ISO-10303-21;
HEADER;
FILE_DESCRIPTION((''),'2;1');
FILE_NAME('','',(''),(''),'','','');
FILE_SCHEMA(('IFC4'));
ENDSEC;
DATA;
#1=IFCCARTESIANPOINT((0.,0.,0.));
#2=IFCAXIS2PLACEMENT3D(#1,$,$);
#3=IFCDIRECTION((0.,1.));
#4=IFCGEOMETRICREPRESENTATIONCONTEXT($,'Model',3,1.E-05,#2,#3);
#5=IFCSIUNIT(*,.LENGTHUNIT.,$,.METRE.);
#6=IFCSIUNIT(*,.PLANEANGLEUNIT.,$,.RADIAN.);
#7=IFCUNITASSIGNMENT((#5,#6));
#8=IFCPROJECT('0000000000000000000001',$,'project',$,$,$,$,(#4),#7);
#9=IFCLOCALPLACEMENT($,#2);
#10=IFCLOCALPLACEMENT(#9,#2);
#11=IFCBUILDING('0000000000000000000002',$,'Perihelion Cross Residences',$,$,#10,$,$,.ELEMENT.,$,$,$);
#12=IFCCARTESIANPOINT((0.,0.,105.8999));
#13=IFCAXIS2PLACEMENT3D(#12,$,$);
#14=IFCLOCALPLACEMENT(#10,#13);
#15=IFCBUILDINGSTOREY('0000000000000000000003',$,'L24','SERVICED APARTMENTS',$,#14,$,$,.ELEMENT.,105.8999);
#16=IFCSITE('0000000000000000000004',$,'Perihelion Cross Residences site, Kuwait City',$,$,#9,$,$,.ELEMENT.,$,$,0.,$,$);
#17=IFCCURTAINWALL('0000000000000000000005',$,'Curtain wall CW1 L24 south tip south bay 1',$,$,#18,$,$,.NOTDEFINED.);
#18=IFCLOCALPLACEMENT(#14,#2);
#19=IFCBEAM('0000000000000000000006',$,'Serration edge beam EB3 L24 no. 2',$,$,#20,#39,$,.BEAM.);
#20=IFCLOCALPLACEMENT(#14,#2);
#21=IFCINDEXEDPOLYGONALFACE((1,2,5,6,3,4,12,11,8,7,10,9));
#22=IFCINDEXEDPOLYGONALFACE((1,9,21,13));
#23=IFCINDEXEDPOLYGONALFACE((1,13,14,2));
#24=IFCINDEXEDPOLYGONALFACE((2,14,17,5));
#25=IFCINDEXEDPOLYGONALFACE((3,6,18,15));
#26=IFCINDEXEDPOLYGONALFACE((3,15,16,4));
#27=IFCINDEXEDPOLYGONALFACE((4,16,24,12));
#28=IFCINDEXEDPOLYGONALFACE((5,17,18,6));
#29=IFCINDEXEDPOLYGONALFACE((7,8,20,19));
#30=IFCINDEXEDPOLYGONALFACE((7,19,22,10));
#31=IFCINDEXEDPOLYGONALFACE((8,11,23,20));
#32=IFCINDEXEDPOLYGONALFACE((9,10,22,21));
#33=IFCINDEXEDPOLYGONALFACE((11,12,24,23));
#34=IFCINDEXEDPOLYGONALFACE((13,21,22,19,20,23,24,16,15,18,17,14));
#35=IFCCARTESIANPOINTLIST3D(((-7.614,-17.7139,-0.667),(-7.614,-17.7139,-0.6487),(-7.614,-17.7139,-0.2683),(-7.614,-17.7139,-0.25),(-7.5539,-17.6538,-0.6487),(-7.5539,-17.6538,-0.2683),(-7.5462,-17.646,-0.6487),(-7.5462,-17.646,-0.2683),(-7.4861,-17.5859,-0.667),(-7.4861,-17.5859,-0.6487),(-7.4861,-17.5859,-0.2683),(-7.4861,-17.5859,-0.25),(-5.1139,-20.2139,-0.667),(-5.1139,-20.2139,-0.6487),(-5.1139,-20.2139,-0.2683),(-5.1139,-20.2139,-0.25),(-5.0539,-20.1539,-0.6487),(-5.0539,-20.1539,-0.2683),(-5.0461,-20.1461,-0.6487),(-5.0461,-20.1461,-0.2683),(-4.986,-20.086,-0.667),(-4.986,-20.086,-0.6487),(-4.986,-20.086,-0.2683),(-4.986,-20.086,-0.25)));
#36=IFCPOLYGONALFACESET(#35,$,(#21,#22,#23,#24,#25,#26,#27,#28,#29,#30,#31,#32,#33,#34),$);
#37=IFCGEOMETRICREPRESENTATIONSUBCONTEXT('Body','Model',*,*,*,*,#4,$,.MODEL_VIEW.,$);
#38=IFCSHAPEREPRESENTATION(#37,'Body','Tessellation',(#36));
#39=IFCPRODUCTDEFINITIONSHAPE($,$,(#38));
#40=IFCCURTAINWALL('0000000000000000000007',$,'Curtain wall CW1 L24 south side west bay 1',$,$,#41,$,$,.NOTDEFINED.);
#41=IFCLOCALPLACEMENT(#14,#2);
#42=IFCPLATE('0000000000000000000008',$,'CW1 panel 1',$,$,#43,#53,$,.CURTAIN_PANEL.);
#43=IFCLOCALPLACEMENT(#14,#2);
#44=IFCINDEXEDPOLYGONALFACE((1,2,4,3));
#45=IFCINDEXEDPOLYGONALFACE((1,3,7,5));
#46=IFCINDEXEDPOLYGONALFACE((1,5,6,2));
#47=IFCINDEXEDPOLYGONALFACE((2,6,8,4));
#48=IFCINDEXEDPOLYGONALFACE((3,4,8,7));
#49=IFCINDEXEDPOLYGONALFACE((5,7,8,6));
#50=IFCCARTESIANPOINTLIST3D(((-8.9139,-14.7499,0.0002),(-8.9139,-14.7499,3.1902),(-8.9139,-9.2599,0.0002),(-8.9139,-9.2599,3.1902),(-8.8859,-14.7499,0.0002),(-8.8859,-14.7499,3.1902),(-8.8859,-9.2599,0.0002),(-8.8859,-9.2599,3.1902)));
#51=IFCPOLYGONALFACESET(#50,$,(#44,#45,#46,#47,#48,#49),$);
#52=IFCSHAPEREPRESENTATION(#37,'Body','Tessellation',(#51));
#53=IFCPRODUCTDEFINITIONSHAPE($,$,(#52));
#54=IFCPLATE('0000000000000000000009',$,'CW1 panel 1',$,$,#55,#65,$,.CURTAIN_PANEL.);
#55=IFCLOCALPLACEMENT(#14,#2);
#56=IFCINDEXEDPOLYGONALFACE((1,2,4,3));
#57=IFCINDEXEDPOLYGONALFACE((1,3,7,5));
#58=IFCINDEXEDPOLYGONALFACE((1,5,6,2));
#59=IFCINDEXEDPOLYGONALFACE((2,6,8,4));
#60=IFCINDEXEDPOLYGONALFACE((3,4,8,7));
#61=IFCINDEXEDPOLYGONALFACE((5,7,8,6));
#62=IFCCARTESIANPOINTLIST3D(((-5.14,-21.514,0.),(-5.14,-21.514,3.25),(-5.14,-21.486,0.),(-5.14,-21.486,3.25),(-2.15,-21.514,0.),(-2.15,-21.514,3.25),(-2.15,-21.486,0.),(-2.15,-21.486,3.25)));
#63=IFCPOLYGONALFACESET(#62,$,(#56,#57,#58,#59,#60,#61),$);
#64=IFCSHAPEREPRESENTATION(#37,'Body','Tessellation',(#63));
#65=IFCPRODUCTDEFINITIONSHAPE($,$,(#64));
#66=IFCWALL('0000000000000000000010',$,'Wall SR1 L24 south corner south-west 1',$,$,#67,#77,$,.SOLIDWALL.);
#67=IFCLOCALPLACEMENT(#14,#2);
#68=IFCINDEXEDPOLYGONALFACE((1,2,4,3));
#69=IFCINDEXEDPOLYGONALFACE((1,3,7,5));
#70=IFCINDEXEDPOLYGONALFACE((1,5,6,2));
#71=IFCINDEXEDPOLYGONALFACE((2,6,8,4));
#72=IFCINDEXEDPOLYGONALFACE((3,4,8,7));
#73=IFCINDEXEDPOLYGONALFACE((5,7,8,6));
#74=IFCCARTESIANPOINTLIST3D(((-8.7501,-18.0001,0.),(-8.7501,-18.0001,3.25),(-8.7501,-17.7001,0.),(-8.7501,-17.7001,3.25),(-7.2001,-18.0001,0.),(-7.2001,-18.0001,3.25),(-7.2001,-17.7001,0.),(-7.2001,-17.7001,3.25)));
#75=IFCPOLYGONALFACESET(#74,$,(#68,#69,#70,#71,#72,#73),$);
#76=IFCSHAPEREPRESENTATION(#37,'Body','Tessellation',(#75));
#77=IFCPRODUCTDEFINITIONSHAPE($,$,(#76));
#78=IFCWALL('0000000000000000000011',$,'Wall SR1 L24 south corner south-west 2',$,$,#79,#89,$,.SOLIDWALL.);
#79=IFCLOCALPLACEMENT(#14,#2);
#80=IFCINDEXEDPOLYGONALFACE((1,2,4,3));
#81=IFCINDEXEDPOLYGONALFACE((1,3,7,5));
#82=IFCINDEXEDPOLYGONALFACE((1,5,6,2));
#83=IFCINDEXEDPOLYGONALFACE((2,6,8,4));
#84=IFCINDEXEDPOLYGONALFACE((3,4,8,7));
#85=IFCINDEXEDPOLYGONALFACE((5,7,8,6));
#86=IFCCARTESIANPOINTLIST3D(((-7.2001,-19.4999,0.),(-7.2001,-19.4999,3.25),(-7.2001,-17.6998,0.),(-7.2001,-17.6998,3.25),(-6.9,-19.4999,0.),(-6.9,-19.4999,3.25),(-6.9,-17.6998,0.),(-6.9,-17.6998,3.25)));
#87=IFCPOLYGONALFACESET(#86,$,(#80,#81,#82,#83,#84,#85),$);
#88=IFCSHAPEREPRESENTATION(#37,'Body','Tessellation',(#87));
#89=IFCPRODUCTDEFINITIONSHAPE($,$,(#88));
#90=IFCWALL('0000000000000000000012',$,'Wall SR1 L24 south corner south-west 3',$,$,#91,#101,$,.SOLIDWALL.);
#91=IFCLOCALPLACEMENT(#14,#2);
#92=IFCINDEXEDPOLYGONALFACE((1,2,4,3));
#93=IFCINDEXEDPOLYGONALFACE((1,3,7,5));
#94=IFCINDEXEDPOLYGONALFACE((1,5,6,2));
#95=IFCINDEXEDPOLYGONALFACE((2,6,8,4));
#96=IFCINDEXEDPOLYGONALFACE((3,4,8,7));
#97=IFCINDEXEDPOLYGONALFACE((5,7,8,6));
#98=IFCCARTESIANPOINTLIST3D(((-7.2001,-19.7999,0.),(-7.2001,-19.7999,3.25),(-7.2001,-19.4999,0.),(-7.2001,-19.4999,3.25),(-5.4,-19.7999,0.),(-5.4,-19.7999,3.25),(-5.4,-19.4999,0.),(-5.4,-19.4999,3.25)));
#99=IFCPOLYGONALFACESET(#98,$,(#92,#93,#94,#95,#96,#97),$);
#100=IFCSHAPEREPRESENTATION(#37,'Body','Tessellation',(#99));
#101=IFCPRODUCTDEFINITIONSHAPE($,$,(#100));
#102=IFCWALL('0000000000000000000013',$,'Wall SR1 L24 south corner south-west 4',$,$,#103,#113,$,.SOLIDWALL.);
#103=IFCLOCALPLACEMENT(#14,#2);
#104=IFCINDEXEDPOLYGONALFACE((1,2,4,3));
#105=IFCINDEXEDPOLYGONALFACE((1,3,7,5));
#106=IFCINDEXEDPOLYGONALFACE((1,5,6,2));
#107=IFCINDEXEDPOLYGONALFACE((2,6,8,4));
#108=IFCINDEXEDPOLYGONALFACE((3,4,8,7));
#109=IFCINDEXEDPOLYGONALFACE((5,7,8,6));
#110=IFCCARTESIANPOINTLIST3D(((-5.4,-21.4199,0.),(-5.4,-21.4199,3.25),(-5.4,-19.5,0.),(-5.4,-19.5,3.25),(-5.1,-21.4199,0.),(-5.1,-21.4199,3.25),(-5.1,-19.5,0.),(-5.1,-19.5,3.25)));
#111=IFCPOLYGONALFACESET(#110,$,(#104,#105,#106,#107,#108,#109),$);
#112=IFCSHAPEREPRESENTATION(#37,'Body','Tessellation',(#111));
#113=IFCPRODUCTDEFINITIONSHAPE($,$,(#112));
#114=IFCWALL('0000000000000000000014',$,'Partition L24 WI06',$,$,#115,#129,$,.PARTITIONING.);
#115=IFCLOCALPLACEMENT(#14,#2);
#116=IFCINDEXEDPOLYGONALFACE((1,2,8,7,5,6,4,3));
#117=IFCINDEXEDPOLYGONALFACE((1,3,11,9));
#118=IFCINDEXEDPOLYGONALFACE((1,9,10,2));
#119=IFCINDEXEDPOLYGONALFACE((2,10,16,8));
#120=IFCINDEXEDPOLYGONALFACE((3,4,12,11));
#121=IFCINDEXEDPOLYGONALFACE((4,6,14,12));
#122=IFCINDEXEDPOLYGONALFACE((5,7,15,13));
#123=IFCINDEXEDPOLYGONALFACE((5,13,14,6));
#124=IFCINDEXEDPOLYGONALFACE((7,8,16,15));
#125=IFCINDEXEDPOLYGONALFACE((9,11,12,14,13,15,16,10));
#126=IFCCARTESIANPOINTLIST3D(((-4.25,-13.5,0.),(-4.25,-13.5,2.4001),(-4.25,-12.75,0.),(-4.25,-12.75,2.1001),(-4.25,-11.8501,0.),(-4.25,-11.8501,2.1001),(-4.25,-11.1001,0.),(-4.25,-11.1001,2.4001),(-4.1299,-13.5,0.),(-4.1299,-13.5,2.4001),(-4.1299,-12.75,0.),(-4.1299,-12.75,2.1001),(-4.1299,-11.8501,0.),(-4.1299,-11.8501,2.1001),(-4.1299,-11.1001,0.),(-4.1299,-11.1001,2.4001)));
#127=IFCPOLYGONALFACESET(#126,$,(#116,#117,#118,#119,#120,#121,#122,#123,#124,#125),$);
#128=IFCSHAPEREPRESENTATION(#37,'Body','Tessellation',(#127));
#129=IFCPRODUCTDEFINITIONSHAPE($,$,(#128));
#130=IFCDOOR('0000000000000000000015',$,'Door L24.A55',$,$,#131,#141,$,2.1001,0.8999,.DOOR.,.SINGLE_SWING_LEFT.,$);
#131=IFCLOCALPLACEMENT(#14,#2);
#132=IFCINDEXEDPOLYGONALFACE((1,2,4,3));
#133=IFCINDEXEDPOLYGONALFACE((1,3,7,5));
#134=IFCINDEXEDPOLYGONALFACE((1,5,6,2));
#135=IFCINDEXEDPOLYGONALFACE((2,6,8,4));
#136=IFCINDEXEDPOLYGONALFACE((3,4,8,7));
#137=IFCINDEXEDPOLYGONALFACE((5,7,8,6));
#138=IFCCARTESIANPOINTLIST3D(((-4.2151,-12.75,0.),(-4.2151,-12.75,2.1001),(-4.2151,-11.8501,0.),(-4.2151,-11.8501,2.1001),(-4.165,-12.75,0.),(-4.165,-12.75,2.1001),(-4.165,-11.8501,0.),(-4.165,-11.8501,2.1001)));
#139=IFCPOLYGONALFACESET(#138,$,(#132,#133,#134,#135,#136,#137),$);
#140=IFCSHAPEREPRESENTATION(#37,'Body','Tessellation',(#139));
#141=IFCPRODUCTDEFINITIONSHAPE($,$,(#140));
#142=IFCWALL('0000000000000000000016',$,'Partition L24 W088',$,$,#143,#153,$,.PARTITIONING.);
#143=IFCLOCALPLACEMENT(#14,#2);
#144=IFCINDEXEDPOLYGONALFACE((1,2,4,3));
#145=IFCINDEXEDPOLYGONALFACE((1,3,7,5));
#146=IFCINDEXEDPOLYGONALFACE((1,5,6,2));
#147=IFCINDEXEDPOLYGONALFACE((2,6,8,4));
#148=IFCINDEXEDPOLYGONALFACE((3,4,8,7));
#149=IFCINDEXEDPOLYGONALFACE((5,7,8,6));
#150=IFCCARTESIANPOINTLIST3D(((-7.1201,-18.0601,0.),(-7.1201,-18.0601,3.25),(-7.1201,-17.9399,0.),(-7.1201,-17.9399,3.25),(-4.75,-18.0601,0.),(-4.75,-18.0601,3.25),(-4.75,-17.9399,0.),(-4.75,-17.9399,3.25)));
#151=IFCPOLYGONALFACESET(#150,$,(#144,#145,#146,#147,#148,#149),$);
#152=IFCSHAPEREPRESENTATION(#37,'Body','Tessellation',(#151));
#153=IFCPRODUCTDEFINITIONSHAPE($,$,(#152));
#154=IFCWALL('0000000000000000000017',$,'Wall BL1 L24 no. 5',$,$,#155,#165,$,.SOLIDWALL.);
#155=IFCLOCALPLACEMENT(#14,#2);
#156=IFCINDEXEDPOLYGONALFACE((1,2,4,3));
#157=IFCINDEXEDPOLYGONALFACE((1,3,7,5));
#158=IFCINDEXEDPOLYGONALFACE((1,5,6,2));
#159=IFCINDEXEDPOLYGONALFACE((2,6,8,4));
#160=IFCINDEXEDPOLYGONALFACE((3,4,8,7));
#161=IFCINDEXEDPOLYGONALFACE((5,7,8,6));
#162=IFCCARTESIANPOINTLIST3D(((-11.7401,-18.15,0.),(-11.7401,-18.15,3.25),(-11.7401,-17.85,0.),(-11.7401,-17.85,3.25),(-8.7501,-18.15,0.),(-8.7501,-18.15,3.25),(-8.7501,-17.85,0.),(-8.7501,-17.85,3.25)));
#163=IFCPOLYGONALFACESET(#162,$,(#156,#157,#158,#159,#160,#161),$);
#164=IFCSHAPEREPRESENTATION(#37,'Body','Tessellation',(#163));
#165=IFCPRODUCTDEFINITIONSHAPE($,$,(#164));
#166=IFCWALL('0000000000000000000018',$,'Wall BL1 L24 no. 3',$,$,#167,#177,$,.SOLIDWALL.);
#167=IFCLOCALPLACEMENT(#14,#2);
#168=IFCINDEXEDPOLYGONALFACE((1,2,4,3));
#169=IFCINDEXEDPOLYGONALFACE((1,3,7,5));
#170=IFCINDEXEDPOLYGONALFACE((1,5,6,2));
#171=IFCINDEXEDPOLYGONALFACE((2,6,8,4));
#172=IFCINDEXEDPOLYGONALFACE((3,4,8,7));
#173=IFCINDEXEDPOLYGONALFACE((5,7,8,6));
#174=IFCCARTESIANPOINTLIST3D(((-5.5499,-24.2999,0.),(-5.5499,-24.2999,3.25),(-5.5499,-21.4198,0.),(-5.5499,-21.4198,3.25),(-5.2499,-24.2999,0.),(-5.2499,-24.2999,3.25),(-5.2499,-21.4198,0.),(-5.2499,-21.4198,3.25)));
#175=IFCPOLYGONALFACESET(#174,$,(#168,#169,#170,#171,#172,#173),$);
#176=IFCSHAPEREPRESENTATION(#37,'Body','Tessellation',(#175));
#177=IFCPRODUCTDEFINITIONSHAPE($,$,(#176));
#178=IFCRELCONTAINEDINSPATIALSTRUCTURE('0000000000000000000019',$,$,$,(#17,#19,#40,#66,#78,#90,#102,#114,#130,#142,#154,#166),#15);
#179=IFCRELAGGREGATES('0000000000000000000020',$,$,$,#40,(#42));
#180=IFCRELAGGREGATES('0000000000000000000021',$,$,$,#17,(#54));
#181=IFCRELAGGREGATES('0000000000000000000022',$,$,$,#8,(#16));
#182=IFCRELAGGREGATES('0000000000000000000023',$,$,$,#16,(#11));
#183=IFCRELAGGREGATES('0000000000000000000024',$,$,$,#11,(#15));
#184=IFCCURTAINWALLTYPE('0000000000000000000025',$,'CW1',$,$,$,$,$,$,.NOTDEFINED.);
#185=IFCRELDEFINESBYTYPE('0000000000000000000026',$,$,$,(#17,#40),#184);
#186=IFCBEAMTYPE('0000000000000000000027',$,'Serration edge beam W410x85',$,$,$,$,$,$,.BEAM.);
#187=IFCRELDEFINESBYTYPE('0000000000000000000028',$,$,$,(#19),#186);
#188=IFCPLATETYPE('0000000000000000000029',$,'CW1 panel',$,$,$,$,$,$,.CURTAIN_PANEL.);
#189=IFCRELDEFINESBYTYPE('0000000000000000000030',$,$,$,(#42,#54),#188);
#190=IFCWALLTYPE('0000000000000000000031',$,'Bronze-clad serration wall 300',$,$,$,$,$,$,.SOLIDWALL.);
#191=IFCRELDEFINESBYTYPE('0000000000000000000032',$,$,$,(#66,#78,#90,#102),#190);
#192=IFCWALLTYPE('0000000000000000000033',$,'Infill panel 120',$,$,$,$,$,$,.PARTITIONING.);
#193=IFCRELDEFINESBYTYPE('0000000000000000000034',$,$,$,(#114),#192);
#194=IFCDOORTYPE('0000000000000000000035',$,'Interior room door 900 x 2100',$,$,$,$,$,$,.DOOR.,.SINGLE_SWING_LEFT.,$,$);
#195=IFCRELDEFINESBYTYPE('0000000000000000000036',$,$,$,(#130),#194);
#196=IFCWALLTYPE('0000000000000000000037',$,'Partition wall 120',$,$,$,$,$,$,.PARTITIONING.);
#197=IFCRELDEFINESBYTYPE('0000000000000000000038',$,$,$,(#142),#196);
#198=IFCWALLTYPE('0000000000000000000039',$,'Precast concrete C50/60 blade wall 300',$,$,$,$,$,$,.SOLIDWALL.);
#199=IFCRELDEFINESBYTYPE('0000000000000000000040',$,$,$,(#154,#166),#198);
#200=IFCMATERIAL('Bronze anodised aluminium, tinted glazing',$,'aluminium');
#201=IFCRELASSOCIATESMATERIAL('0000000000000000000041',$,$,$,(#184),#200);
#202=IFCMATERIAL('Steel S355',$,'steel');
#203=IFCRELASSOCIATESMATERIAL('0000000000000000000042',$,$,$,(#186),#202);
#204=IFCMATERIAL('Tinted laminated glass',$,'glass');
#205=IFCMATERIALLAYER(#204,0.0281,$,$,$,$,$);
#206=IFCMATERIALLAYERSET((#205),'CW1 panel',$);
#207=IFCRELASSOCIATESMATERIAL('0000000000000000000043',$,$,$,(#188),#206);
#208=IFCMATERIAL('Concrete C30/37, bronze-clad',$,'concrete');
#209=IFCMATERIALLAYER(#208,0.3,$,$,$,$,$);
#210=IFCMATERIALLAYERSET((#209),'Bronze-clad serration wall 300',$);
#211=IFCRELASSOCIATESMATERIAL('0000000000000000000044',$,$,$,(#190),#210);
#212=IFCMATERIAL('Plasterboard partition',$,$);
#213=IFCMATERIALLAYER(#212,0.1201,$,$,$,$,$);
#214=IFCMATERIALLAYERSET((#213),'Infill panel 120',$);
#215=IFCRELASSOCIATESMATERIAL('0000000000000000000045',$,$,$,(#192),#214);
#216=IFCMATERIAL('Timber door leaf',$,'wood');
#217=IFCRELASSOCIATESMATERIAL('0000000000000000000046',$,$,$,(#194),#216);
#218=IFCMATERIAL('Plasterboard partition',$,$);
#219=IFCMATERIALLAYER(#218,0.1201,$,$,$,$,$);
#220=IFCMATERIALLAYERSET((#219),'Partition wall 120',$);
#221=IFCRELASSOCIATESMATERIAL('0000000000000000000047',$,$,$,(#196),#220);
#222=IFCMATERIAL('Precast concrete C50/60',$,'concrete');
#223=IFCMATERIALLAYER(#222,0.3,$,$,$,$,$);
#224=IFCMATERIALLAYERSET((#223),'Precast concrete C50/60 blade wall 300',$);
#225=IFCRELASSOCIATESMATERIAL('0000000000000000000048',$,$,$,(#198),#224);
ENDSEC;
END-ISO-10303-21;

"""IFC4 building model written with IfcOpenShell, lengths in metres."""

from ifc_helpers import new_model, si_unit, direction, frame, frame_2d, origin, origin_2d, place, context, subcontext, project, spatial, rectangle, i_section, extrude, material, layer, layer_set, material_profile, profile_set, type_object, element, fill, aggregate, save


model = new_model("IFC4")

# Units and contexts
model_context = context("Model", 3, precision=1e-05, world=origin(), true_north=direction((0.0, 1.0)))
body_context = subcontext(model_context, "Body", "Model", "MODEL_VIEW")
ifc_project = project(units=[si_unit("LENGTHUNIT", "METRE"), si_unit("PLANEANGLEUNIT", "RADIAN")], contexts=[model_context])

# Site, building, storey
site_placement = place(None, origin())
site = spatial("IfcSite", under=ifc_project, at=site_placement, Name="Perihelion Cross Residences site, Kuwait City", CompositionType="ELEMENT", RefElevation=0.0)
building_placement = place(site_placement, origin())
building = spatial("IfcBuilding", under=site, at=building_placement, Name="Perihelion Cross Residences", CompositionType="ELEMENT")
storey_placement = place(building_placement, frame((0.0, 0.0, 105.8999)))
storey = spatial("IfcBuildingStorey", under=building, at=storey_placement, Name="L24", Description="SERVICED APARTMENTS", CompositionType="ELEMENT", Elevation=105.8999)

# Curtain wall
ifc_material_1 = material(Name="Bronze anodised aluminium, tinted glazing", Category="aluminium")
curtain_wall_type_1 = type_object("IfcCurtainWallType", Name="CW1", PredefinedType="NOTDEFINED", material=ifc_material_1)
curtain_wall_1_placement = place(storey_placement, origin())
curtain_wall_1 = element("IfcCurtainWall", 1, at=curtain_wall_1_placement, inside=storey, type_object=curtain_wall_type_1, Name="Curtain wall CW1 L24 south tip south bay 1", PredefinedType="NOTDEFINED")

# Beam
ifc_material_2 = material(Name="Steel S355", Category="steel")
ifc_material_profile_1 = material_profile(ifc_material_2, i_section(OverallWidth=0.1809, OverallDepth=0.417, WebThickness=0.011, FlangeThickness=0.0183, at=origin_2d()), Name="W410x85")
ifc_profile_set_1 = profile_set([ifc_material_profile_1], Name="Steel S355")
beam_type_1 = type_object("IfcBeamType", Name="Serration edge beam W410x85", PredefinedType="BEAM", material=ifc_profile_set_1)
beam_1_placement = place(storey_placement, frame((-7.55, -17.6499, -0.4585), z_axis=(0.707107, -0.707107, 0.0), x_axis=(0.707107, 0.707107, 0.0)))
element("IfcBeam", 2, at=beam_1_placement, inside=storey, type_object=beam_type_1, Name="Serration edge beam EB3 L24 no. 2", PredefinedType="BEAM", context=body_context, shape_type="SweptSolid", body=[
    extrude(i_section(OverallWidth=0.1809, OverallDepth=0.417, WebThickness=0.011, FlangeThickness=0.0183, at=origin_2d()), origin(), (0.0, 0.0, 1.0), 3.5356),
])

# Curtain wall, plate
curtain_wall_2_placement = place(storey_placement, origin())
curtain_wall_2 = element("IfcCurtainWall", 3, at=curtain_wall_2_placement, inside=storey, type_object=curtain_wall_type_1, Name="Curtain wall CW1 L24 south side west bay 1", PredefinedType="NOTDEFINED")
ifc_material_3 = material(Name="Tinted laminated glass", Category="glass")
ifc_layer_1 = layer(ifc_material_3, 0.0281)
ifc_layer_set_1 = layer_set([ifc_layer_1], Name="CW1 panel")
plate_type = type_object("IfcPlateType", Name="CW1 panel", PredefinedType="CURTAIN_PANEL", material=ifc_layer_set_1)
plate_1_placement = place(storey_placement, frame((-8.8999, -12.0049, 0.0002), z_axis=(0.0, 0.0, 1.0), x_axis=(0.0, -1.0, 0.0)))
plate_1 = element("IfcPlate", 4, at=plate_1_placement, type_object=plate_type, Name="CW1 panel 1", PredefinedType="CURTAIN_PANEL", context=body_context, shape_type="SweptSolid", body=[
    extrude(rectangle(XDim=5.49, YDim=0.0281, at=origin_2d()), origin(), (0.0, 0.0, 1.0), 3.1899),
])
aggregate(curtain_wall_2, [plate_1])

# Plate
plate_2_placement = place(storey_placement, frame((-3.645, -21.5, 0.0), z_axis=(0.0, 0.0, 1.0), x_axis=(1.0, 0.0, 0.0)))
plate_2 = element("IfcPlate", 5, at=plate_2_placement, type_object=plate_type, Name="CW1 panel 1", PredefinedType="CURTAIN_PANEL", context=body_context, shape_type="SweptSolid", body=[
    extrude(rectangle(XDim=2.99, YDim=0.0281, at=origin_2d()), origin(), (0.0, 0.0, 1.0), 3.25),
])
aggregate(curtain_wall_1, [plate_2])

# Walls
ifc_material_4 = material(Name="Concrete C30/37, bronze-clad", Category="concrete")
ifc_layer_2 = layer(ifc_material_4, 0.3)
ifc_layer_set_2 = layer_set([ifc_layer_2], Name="Bronze-clad serration wall 300")
wall_type_1 = type_object("IfcWallType", Name="Bronze-clad serration wall 300", PredefinedType="SOLIDWALL", material=ifc_layer_set_2)
wall_1_placement = place(storey_placement, frame((-8.75, -17.8501, 0.0), z_axis=(0.0, 0.0, 1.0), x_axis=(1.0, 0.0, 0.0)))
element("IfcWall", 6, at=wall_1_placement, inside=storey, type_object=wall_type_1, Name="Wall SR1 L24 south corner south-west 1", PredefinedType="SOLIDWALL", context=body_context, shape_type="SweptSolid", body=[
    extrude(rectangle(XDim=1.55, YDim=0.3, at=frame_2d((0.7749, 0.0))), origin(), (0.0, 0.0, 1.0), 3.25),
])
for number, where, z_axis, x_axis, name in (
    (7, (-7.05, -17.7, 0.0), (0.0, 0.0, 1.0), (0.0, -1.0, 0.0), "Wall SR1 L24 south corner south-west 2"),
    (8, (-7.2, -19.6499, 0.0), (0.0, 0.0, 1.0), (1.0, 0.0, 0.0), "Wall SR1 L24 south corner south-west 3"),
):
    element("IfcWall", number, at=place(storey_placement, frame(where, z_axis=z_axis, x_axis=x_axis)), inside=storey, type_object=wall_type_1, Name=name, PredefinedType="SOLIDWALL", context=body_context, shape_type="SweptSolid", body=[
        extrude(rectangle(XDim=1.8, YDim=0.3, at=frame_2d((0.8999, 0.0))), origin(), (0.0, 0.0, 1.0), 3.25),
    ])
wall_2_placement = place(storey_placement, frame((-5.25, -19.5, 0.0), z_axis=(0.0, 0.0, 1.0), x_axis=(0.0, -1.0, 0.0)))
element("IfcWall", 9, at=wall_2_placement, inside=storey, type_object=wall_type_1, Name="Wall SR1 L24 south corner south-west 4", PredefinedType="SOLIDWALL", context=body_context, shape_type="SweptSolid", body=[
    extrude(rectangle(XDim=1.9199, YDim=0.3, at=frame_2d((0.96, 0.0))), origin(), (0.0, 0.0, 1.0), 3.25),
])

# Wall, opening, door
ifc_material_5 = material(Name="Plasterboard partition")
ifc_layer_3 = layer(ifc_material_5, 0.1201)
ifc_layer_set_3 = layer_set([ifc_layer_3], Name="Infill panel 120")
wall_type_2 = type_object("IfcWallType", Name="Infill panel 120", PredefinedType="PARTITIONING", material=ifc_layer_set_3)
wall_3_placement = place(storey_placement, frame((-4.1899, -11.1001, 0.0), z_axis=(0.0, 0.0, 1.0), x_axis=(0.0, -1.0, 0.0)))
wall_3 = element("IfcWall", 10, at=wall_3_placement, inside=storey, type_object=wall_type_2, Name="Partition L24 WI06", PredefinedType="PARTITIONING", context=body_context, shape_type="SweptSolid", body=[
    extrude(rectangle(XDim=2.3999, YDim=0.1201, at=frame_2d((1.2, 0.0))), origin(), (0.0, 0.0, 1.0), 2.4001),
])
opening_1_placement = place(wall_3_placement, frame((0.75, 0.0, 0.0)))
opening_1 = element("IfcOpeningElement", 11, at=opening_1_placement, cuts=wall_3, PredefinedType="OPENING", context=body_context, shape_type="SweptSolid", body=[
    extrude(rectangle(XDim=0.8999, YDim=2.1001, at=frame_2d((0.45, 1.05))), frame((0.0, 0.0701, 0.0), z_axis=(0.0, -1.0, 0.0), x_axis=(1.0, 0.0, 0.0)), (0.0, 0.0, 1.0), 0.1401),
])
ifc_material_6 = material(Name="Timber door leaf", Category="wood")
door_type_1 = type_object("IfcDoorType", Name="Interior room door 900 x 2100", OperationType="SINGLE_SWING_LEFT", PredefinedType="DOOR", material=ifc_material_6)
door_1_placement = place(opening_1_placement, origin())
door_1 = element("IfcDoor", 12, at=door_1_placement, inside=storey, type_object=door_type_1, Name="Door L24.A55", OperationType="SINGLE_SWING_LEFT", OverallHeight=2.1001, OverallWidth=0.8999, PredefinedType="DOOR", context=body_context, shape_type="SweptSolid", body=[
    extrude(rectangle(XDim=0.8999, YDim=2.1001, at=frame_2d((0.45, 1.05))), frame((0.0, 0.0249, 0.0), z_axis=(0.0, -1.0, 0.0), x_axis=(1.0, 0.0, 0.0)), (0.0, 0.0, 1.0), 0.05),
])
fill(opening_1, door_1)

# Walls
ifc_material_7 = material(Name="Plasterboard partition")
ifc_layer_4 = layer(ifc_material_7, 0.1201)
ifc_layer_set_4 = layer_set([ifc_layer_4], Name="Partition wall 120")
wall_type_3 = type_object("IfcWallType", Name="Partition wall 120", PredefinedType="PARTITIONING", material=ifc_layer_set_4)
wall_4_placement = place(storey_placement, frame((-4.75, -18.0, 0.0), z_axis=(0.0, 0.0, 1.0), x_axis=(-1.0, 0.0, 0.0)))
element("IfcWall", 13, at=wall_4_placement, inside=storey, type_object=wall_type_3, Name="Partition L24 W088", PredefinedType="PARTITIONING", context=body_context, shape_type="SweptSolid", body=[
    extrude(rectangle(XDim=2.3701, YDim=0.1201, at=frame_2d((1.1851, 0.0))), origin(), (0.0, 0.0, 1.0), 3.25),
])
ifc_material_8 = material(Name="Precast concrete C50/60", Category="concrete")
ifc_layer_5 = layer(ifc_material_8, 0.3)
ifc_layer_set_5 = layer_set([ifc_layer_5], Name="Precast concrete C50/60 blade wall 300")
wall_type_4 = type_object("IfcWallType", Name="Precast concrete C50/60 blade wall 300", PredefinedType="SOLIDWALL", material=ifc_layer_set_5)
wall_5_placement = place(storey_placement, frame((-8.75, -18.0, 0.0), z_axis=(0.0, 0.0, 1.0), x_axis=(-1.0, 0.0, 0.0)))
element("IfcWall", 14, at=wall_5_placement, inside=storey, type_object=wall_type_4, Name="Wall BL1 L24 no. 5", PredefinedType="SOLIDWALL", context=body_context, shape_type="SweptSolid", body=[
    extrude(rectangle(XDim=2.99, YDim=0.3, at=frame_2d((1.4951, 0.0))), origin(), (0.0, 0.0, 1.0), 3.25),
])
wall_6_placement = place(storey_placement, frame((-5.3999, -21.4199, 0.0), z_axis=(0.0, 0.0, 1.0), x_axis=(0.0, -1.0, 0.0)))
element("IfcWall", 15, at=wall_6_placement, inside=storey, type_object=wall_type_4, Name="Wall BL1 L24 no. 3", PredefinedType="SOLIDWALL", context=body_context, shape_type="SweptSolid", body=[
    extrude(rectangle(XDim=2.8801, YDim=0.3, at=frame_2d((1.4399, 0.0))), origin(), (0.0, 0.0, 1.0), 3.25),
])

save(model, "model.ifc")
